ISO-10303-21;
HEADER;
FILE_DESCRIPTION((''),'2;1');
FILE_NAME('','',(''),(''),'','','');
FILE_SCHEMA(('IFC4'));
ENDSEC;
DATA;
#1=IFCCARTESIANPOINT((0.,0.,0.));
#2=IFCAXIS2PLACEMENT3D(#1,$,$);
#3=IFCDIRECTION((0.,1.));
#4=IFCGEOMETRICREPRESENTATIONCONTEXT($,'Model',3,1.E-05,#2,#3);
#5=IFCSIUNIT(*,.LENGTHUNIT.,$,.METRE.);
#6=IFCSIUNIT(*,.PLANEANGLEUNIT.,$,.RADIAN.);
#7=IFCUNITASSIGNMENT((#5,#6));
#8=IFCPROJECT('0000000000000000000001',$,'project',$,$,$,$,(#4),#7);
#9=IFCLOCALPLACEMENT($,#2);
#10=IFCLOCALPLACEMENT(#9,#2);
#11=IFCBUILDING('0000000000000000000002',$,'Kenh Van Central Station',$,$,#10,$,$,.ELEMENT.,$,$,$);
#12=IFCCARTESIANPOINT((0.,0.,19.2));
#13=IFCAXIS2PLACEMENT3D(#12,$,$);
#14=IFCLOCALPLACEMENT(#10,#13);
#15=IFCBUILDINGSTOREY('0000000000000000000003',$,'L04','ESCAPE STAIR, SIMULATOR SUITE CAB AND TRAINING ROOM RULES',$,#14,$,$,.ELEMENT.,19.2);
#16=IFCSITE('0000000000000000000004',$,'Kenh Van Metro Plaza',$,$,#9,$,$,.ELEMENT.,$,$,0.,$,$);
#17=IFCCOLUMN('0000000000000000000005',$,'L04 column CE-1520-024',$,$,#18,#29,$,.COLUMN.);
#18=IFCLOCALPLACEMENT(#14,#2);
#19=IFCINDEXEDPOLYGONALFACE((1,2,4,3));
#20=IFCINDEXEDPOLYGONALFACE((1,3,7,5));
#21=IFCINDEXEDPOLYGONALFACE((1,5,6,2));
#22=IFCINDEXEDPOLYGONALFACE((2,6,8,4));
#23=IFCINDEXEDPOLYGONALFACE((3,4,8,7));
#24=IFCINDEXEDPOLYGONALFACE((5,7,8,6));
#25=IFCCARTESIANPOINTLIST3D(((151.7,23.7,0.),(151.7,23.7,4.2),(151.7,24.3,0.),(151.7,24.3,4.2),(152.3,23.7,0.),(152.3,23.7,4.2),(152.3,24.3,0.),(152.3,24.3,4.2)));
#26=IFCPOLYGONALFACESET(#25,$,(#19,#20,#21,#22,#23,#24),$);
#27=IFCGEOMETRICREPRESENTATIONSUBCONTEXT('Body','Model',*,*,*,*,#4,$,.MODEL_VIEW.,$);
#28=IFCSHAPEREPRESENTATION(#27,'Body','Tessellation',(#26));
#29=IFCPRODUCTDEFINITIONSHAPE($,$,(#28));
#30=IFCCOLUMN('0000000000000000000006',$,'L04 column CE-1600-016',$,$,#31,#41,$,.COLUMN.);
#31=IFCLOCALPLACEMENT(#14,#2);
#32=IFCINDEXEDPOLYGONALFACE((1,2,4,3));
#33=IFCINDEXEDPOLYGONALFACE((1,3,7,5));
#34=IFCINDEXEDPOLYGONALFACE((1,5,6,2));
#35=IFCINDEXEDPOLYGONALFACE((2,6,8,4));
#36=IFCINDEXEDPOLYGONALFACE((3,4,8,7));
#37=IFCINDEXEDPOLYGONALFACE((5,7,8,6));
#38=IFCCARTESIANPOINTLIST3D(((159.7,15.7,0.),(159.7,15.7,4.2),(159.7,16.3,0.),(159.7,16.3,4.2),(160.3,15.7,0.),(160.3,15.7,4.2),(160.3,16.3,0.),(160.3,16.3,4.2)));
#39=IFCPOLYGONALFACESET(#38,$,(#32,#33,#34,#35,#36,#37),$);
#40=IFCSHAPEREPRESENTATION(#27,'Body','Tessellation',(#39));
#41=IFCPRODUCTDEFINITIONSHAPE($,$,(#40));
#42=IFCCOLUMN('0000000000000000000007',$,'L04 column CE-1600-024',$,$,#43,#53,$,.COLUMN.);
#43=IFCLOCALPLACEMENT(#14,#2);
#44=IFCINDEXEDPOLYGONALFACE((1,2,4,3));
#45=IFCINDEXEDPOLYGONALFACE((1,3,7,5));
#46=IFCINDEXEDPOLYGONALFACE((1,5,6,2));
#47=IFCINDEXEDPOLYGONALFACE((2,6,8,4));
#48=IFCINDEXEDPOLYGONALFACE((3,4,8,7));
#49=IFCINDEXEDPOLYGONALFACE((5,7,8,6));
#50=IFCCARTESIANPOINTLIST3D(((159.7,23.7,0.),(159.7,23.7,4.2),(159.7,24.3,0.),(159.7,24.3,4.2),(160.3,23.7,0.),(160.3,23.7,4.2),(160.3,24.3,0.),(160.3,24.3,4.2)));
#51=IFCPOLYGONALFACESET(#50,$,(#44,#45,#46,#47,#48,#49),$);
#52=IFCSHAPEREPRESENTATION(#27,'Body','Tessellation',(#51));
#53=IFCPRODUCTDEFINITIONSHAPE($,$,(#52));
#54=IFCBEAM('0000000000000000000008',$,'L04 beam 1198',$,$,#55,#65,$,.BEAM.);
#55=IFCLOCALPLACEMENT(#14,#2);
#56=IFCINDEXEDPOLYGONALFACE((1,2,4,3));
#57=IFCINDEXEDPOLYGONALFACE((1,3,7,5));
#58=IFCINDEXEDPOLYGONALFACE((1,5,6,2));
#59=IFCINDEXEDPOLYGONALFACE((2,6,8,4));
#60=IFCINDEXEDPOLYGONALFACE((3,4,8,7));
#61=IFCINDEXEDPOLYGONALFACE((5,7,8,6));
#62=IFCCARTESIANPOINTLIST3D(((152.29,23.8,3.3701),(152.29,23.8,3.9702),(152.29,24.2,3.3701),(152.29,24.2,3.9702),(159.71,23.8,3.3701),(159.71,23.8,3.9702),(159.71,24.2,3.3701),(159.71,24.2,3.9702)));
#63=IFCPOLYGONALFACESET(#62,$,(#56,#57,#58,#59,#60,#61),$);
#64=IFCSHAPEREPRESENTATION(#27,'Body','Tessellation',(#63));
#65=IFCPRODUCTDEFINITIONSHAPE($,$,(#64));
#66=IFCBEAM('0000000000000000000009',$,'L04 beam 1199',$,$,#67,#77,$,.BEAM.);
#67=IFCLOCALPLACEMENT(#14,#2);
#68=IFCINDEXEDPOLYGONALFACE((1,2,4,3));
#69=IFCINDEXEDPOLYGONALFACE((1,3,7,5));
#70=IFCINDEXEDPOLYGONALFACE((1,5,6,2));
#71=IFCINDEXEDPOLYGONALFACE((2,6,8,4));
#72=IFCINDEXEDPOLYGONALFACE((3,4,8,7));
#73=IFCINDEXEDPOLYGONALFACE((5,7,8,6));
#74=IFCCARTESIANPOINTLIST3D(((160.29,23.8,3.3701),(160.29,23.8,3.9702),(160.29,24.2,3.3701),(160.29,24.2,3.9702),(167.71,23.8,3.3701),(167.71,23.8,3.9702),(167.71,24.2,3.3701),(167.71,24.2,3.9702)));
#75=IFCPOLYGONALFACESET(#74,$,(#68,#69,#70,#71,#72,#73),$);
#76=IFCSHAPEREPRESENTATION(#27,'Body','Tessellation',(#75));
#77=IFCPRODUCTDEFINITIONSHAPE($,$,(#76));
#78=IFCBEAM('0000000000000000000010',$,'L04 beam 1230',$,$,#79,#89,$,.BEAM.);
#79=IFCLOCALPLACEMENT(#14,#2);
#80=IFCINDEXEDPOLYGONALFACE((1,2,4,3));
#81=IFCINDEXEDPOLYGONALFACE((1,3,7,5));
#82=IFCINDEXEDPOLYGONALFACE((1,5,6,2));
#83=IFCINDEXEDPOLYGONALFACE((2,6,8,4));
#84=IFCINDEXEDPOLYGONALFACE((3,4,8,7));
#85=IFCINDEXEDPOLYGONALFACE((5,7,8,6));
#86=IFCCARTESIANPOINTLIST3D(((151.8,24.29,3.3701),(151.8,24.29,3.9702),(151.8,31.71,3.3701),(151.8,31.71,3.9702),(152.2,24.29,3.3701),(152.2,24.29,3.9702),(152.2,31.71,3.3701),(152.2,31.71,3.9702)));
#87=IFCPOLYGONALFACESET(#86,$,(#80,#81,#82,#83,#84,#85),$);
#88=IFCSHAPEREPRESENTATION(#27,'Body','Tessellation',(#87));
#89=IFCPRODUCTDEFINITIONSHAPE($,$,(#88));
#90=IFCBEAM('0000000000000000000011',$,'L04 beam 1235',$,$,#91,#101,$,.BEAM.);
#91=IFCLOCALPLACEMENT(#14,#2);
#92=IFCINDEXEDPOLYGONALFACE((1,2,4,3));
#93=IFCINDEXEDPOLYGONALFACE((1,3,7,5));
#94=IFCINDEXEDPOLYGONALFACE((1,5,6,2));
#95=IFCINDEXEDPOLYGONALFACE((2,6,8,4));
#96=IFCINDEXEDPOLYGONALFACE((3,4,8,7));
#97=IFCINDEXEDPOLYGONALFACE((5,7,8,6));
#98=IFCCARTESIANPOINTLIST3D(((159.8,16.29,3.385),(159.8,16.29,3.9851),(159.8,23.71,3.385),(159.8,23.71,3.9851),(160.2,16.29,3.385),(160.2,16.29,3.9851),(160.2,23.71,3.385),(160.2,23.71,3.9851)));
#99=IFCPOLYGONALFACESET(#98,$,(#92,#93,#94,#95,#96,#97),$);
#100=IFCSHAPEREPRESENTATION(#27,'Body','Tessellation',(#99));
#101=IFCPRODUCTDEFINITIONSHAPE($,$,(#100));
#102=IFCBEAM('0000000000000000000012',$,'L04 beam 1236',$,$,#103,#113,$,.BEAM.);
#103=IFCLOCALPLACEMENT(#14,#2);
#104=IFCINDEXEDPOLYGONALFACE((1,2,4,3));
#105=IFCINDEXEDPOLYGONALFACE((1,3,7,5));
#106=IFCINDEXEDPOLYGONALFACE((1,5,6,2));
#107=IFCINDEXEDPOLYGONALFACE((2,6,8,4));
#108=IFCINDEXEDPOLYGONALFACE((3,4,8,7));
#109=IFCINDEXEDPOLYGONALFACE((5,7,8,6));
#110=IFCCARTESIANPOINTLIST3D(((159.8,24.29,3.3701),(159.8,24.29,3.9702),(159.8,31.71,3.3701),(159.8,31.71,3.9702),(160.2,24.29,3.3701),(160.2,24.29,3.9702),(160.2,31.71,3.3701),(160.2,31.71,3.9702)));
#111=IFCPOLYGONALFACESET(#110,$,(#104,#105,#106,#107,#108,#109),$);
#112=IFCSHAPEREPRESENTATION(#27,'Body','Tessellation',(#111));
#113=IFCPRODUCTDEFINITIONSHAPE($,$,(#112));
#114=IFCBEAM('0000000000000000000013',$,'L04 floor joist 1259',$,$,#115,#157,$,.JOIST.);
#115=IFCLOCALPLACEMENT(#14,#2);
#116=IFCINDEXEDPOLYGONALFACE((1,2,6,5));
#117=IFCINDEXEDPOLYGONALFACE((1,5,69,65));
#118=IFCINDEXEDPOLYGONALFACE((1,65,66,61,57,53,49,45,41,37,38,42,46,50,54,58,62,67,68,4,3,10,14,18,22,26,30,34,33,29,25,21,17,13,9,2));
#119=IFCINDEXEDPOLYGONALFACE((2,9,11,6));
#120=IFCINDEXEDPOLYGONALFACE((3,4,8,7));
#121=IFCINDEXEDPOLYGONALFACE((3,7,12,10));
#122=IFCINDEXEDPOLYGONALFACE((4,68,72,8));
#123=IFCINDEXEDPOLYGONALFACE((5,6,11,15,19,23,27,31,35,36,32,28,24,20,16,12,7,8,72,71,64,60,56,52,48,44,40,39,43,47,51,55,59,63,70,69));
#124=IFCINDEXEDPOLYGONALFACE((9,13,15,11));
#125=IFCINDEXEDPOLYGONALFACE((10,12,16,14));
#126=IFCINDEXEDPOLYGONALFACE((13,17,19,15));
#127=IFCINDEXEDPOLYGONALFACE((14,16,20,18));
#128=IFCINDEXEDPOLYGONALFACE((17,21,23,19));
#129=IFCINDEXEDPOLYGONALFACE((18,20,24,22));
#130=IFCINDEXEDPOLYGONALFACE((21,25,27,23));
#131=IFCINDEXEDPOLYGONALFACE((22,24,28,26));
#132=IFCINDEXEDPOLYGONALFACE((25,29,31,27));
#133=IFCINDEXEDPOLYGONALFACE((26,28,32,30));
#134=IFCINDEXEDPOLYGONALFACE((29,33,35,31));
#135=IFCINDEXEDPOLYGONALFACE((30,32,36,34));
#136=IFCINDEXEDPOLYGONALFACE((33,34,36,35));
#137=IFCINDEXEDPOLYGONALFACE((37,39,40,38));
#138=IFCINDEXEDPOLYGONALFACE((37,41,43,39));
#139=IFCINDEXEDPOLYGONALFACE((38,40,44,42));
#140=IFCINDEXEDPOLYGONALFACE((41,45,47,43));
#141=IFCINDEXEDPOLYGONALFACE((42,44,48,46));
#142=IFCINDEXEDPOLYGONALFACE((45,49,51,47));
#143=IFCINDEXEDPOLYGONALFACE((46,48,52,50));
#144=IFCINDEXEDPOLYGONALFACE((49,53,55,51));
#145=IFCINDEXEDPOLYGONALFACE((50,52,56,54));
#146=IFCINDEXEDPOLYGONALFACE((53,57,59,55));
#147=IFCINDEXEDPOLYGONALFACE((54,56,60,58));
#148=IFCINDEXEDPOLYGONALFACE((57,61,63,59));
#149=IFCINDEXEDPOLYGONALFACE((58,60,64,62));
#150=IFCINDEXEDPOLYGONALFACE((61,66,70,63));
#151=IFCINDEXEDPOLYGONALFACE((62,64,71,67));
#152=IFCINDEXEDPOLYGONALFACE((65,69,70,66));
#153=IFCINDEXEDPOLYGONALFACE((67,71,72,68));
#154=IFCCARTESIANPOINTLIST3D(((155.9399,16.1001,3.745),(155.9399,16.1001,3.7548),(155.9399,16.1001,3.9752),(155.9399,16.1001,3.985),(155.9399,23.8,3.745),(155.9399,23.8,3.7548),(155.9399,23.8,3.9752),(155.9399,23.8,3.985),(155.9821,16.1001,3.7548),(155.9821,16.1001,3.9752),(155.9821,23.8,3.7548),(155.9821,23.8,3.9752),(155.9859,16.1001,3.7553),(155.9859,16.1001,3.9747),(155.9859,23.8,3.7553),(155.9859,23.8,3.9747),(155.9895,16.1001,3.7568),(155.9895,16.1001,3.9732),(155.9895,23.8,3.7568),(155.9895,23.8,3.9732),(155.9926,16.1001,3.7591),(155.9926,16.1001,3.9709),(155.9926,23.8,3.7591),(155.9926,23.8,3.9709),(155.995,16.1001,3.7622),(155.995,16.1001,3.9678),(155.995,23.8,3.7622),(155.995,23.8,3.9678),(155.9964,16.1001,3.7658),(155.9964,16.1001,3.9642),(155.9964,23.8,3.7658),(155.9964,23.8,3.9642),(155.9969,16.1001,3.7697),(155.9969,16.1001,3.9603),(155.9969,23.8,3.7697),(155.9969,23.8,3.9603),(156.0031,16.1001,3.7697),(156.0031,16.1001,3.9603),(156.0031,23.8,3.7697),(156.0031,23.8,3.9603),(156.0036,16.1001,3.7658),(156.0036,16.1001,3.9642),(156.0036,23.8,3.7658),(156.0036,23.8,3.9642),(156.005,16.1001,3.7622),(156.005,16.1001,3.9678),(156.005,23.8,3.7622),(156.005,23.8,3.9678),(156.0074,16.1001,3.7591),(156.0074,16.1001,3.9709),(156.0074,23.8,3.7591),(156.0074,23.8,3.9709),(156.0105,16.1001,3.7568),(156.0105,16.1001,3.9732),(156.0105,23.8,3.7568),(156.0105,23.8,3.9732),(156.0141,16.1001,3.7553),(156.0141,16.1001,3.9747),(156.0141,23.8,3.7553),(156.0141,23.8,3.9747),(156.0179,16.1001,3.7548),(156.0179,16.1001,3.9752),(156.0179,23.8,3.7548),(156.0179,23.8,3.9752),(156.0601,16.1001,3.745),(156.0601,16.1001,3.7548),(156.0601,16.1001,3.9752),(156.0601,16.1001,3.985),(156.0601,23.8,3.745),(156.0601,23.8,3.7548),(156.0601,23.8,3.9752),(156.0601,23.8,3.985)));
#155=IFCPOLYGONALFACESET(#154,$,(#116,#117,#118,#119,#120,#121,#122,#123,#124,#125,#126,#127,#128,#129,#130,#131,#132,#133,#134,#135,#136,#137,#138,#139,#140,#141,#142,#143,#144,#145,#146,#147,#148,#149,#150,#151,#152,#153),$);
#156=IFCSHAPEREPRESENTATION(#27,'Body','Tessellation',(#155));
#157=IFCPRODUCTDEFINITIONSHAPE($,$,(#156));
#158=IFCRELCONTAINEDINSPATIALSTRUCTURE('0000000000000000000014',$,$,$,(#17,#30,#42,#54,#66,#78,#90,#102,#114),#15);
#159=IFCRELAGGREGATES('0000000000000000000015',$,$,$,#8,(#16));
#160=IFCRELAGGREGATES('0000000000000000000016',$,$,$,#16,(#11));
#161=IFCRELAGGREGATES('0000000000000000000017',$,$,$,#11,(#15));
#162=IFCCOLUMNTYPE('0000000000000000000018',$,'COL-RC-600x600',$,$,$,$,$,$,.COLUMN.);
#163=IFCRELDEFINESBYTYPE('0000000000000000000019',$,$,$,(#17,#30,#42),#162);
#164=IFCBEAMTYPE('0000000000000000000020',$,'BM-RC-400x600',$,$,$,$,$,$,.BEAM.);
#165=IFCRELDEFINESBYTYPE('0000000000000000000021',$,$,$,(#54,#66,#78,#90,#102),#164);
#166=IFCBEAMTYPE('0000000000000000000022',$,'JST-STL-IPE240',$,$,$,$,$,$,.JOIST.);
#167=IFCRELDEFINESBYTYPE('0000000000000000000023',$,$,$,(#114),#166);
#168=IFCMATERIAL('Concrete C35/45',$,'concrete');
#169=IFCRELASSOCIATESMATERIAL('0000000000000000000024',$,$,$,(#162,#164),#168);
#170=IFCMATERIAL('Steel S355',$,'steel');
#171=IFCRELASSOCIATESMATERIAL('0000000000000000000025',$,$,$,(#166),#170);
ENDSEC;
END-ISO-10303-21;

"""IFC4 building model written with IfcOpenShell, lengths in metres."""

from ifc_helpers import new_model, si_unit, direction, frame, origin, origin_2d, place, context, subcontext, project, spatial, rectangle, i_section, extrude, material, material_profile, profile_set, type_object, element, save


model = new_model("IFC4")

# Units and contexts
model_context = context("Model", 3, precision=1e-05, world=origin(), true_north=direction((0.0, 1.0)))
body_context = subcontext(model_context, "Body", "Model", "MODEL_VIEW")
ifc_project = project(units=[si_unit("LENGTHUNIT", "METRE"), si_unit("PLANEANGLEUNIT", "RADIAN")], contexts=[model_context])

# Site, building, storey
site_placement = place(None, origin())
site = spatial("IfcSite", under=ifc_project, at=site_placement, Name="Kenh Van Metro Plaza", CompositionType="ELEMENT", RefElevation=0.0)
building_placement = place(site_placement, origin())
building = spatial("IfcBuilding", under=site, at=building_placement, Name="Kenh Van Central Station", CompositionType="ELEMENT")
storey_placement = place(building_placement, frame((0.0, 0.0, 19.2)))
storey = spatial("IfcBuildingStorey", under=building, at=storey_placement, Name="L04", Description="ESCAPE STAIR, SIMULATOR SUITE CAB AND TRAINING ROOM RULES", CompositionType="ELEMENT", Elevation=19.2)

# Columns
ifc_material_1 = material(Name="Concrete C35/45", Category="concrete")
ifc_material_profile_1 = material_profile(ifc_material_1, rectangle(XDim=0.6001, YDim=0.6001, at=origin_2d()), Name="RC 600x600")
ifc_profile_set_1 = profile_set([ifc_material_profile_1], Name="Concrete C35/45")
column_type = type_object("IfcColumnType", Name="COL-RC-600x600", PredefinedType="COLUMN", material=ifc_profile_set_1)
for number, where, z_axis, x_axis, name in (
    (1, (152.0, 24.0, 0.0), (0.0, 0.0, 1.0), (1.0, 0.0, 0.0), "L04 column CE-1520-024"),
    (2, (160.0, 16.0, 0.0), (0.0, 0.0, 1.0), (1.0, 0.0, 0.0), "L04 column CE-1600-016"),
    (3, (160.0, 24.0, 0.0), (0.0, 0.0, 1.0), (1.0, 0.0, 0.0), "L04 column CE-1600-024"),
):
    element("IfcColumn", number, at=place(storey_placement, frame(where, z_axis=z_axis, x_axis=x_axis)), inside=storey, type_object=column_type, Name=name, PredefinedType="COLUMN", context=body_context, shape_type="SweptSolid", body=[
        extrude(rectangle(XDim=0.6001, YDim=0.6001, at=origin_2d()), origin(), (0.0, 0.0, 1.0), 4.2),
    ])

# Beams
ifc_material_profile_2 = material_profile(ifc_material_1, rectangle(XDim=0.3999, YDim=0.6001, at=origin_2d()), Name="RC 400x600")
ifc_profile_set_2 = profile_set([ifc_material_profile_2], Name="Concrete C35/45")
beam_type_1 = type_object("IfcBeamType", Name="BM-RC-400x600", PredefinedType="BEAM", material=ifc_profile_set_2)
for number, where, z_axis, x_axis, name in (
    (4, (152.29, 24.0, 3.6702), (1.0, 0.0, 0.0), (0.0, 1.0, 0.0), "L04 beam 1198"),
    (5, (160.29, 24.0, 3.6702), (1.0, 0.0, 0.0), (0.0, 1.0, 0.0), "L04 beam 1199"),
    (6, (152.0, 24.29, 3.6702), (0.0, 1.0, 0.0), (-1.0, 0.0, 0.0), "L04 beam 1230"),
    (7, (160.0, 16.29, 3.6851), (0.0, 1.0, 0.0), (-1.0, 0.0, 0.0), "L04 beam 1235"),
    (8, (160.0, 24.29, 3.6702), (0.0, 1.0, 0.0), (-1.0, 0.0, 0.0), "L04 beam 1236"),
):
    element("IfcBeam", number, at=place(storey_placement, frame(where, z_axis=z_axis, x_axis=x_axis)), inside=storey, type_object=beam_type_1, Name=name, PredefinedType="BEAM", context=body_context, shape_type="SweptSolid", body=[
        extrude(rectangle(XDim=0.3999, YDim=0.6001, at=origin_2d()), origin(), (0.0, 0.0, 1.0), 7.4199),
    ])
ifc_material_2 = material(Name="Steel S355", Category="steel")
ifc_material_profile_3 = material_profile(ifc_material_2, i_section(OverallWidth=0.1201, OverallDepth=0.24, WebThickness=0.0061, FlangeThickness=0.0098, FilletRadius=0.0149, at=origin_2d()), Name="IPE 240")
ifc_profile_set_3 = profile_set([ifc_material_profile_3], Name="Steel S355")
beam_type_2 = type_object("IfcBeamType", Name="JST-STL-IPE240", PredefinedType="JOIST", material=ifc_profile_set_3)
beam_placement = place(storey_placement, frame((156.0, 16.1001, 3.865), z_axis=(0.0, 1.0, 0.0), x_axis=(-1.0, 0.0, 0.0)))
element("IfcBeam", 9, at=beam_placement, inside=storey, type_object=beam_type_2, Name="L04 floor joist 1259", PredefinedType="JOIST", context=body_context, shape_type="SweptSolid", body=[
    extrude(i_section(OverallWidth=0.1201, OverallDepth=0.24, WebThickness=0.0061, FlangeThickness=0.0098, FilletRadius=0.0149, at=origin_2d()), origin(), (0.0, 0.0, 1.0), 7.7),
])

save(model, "model.ifc")
